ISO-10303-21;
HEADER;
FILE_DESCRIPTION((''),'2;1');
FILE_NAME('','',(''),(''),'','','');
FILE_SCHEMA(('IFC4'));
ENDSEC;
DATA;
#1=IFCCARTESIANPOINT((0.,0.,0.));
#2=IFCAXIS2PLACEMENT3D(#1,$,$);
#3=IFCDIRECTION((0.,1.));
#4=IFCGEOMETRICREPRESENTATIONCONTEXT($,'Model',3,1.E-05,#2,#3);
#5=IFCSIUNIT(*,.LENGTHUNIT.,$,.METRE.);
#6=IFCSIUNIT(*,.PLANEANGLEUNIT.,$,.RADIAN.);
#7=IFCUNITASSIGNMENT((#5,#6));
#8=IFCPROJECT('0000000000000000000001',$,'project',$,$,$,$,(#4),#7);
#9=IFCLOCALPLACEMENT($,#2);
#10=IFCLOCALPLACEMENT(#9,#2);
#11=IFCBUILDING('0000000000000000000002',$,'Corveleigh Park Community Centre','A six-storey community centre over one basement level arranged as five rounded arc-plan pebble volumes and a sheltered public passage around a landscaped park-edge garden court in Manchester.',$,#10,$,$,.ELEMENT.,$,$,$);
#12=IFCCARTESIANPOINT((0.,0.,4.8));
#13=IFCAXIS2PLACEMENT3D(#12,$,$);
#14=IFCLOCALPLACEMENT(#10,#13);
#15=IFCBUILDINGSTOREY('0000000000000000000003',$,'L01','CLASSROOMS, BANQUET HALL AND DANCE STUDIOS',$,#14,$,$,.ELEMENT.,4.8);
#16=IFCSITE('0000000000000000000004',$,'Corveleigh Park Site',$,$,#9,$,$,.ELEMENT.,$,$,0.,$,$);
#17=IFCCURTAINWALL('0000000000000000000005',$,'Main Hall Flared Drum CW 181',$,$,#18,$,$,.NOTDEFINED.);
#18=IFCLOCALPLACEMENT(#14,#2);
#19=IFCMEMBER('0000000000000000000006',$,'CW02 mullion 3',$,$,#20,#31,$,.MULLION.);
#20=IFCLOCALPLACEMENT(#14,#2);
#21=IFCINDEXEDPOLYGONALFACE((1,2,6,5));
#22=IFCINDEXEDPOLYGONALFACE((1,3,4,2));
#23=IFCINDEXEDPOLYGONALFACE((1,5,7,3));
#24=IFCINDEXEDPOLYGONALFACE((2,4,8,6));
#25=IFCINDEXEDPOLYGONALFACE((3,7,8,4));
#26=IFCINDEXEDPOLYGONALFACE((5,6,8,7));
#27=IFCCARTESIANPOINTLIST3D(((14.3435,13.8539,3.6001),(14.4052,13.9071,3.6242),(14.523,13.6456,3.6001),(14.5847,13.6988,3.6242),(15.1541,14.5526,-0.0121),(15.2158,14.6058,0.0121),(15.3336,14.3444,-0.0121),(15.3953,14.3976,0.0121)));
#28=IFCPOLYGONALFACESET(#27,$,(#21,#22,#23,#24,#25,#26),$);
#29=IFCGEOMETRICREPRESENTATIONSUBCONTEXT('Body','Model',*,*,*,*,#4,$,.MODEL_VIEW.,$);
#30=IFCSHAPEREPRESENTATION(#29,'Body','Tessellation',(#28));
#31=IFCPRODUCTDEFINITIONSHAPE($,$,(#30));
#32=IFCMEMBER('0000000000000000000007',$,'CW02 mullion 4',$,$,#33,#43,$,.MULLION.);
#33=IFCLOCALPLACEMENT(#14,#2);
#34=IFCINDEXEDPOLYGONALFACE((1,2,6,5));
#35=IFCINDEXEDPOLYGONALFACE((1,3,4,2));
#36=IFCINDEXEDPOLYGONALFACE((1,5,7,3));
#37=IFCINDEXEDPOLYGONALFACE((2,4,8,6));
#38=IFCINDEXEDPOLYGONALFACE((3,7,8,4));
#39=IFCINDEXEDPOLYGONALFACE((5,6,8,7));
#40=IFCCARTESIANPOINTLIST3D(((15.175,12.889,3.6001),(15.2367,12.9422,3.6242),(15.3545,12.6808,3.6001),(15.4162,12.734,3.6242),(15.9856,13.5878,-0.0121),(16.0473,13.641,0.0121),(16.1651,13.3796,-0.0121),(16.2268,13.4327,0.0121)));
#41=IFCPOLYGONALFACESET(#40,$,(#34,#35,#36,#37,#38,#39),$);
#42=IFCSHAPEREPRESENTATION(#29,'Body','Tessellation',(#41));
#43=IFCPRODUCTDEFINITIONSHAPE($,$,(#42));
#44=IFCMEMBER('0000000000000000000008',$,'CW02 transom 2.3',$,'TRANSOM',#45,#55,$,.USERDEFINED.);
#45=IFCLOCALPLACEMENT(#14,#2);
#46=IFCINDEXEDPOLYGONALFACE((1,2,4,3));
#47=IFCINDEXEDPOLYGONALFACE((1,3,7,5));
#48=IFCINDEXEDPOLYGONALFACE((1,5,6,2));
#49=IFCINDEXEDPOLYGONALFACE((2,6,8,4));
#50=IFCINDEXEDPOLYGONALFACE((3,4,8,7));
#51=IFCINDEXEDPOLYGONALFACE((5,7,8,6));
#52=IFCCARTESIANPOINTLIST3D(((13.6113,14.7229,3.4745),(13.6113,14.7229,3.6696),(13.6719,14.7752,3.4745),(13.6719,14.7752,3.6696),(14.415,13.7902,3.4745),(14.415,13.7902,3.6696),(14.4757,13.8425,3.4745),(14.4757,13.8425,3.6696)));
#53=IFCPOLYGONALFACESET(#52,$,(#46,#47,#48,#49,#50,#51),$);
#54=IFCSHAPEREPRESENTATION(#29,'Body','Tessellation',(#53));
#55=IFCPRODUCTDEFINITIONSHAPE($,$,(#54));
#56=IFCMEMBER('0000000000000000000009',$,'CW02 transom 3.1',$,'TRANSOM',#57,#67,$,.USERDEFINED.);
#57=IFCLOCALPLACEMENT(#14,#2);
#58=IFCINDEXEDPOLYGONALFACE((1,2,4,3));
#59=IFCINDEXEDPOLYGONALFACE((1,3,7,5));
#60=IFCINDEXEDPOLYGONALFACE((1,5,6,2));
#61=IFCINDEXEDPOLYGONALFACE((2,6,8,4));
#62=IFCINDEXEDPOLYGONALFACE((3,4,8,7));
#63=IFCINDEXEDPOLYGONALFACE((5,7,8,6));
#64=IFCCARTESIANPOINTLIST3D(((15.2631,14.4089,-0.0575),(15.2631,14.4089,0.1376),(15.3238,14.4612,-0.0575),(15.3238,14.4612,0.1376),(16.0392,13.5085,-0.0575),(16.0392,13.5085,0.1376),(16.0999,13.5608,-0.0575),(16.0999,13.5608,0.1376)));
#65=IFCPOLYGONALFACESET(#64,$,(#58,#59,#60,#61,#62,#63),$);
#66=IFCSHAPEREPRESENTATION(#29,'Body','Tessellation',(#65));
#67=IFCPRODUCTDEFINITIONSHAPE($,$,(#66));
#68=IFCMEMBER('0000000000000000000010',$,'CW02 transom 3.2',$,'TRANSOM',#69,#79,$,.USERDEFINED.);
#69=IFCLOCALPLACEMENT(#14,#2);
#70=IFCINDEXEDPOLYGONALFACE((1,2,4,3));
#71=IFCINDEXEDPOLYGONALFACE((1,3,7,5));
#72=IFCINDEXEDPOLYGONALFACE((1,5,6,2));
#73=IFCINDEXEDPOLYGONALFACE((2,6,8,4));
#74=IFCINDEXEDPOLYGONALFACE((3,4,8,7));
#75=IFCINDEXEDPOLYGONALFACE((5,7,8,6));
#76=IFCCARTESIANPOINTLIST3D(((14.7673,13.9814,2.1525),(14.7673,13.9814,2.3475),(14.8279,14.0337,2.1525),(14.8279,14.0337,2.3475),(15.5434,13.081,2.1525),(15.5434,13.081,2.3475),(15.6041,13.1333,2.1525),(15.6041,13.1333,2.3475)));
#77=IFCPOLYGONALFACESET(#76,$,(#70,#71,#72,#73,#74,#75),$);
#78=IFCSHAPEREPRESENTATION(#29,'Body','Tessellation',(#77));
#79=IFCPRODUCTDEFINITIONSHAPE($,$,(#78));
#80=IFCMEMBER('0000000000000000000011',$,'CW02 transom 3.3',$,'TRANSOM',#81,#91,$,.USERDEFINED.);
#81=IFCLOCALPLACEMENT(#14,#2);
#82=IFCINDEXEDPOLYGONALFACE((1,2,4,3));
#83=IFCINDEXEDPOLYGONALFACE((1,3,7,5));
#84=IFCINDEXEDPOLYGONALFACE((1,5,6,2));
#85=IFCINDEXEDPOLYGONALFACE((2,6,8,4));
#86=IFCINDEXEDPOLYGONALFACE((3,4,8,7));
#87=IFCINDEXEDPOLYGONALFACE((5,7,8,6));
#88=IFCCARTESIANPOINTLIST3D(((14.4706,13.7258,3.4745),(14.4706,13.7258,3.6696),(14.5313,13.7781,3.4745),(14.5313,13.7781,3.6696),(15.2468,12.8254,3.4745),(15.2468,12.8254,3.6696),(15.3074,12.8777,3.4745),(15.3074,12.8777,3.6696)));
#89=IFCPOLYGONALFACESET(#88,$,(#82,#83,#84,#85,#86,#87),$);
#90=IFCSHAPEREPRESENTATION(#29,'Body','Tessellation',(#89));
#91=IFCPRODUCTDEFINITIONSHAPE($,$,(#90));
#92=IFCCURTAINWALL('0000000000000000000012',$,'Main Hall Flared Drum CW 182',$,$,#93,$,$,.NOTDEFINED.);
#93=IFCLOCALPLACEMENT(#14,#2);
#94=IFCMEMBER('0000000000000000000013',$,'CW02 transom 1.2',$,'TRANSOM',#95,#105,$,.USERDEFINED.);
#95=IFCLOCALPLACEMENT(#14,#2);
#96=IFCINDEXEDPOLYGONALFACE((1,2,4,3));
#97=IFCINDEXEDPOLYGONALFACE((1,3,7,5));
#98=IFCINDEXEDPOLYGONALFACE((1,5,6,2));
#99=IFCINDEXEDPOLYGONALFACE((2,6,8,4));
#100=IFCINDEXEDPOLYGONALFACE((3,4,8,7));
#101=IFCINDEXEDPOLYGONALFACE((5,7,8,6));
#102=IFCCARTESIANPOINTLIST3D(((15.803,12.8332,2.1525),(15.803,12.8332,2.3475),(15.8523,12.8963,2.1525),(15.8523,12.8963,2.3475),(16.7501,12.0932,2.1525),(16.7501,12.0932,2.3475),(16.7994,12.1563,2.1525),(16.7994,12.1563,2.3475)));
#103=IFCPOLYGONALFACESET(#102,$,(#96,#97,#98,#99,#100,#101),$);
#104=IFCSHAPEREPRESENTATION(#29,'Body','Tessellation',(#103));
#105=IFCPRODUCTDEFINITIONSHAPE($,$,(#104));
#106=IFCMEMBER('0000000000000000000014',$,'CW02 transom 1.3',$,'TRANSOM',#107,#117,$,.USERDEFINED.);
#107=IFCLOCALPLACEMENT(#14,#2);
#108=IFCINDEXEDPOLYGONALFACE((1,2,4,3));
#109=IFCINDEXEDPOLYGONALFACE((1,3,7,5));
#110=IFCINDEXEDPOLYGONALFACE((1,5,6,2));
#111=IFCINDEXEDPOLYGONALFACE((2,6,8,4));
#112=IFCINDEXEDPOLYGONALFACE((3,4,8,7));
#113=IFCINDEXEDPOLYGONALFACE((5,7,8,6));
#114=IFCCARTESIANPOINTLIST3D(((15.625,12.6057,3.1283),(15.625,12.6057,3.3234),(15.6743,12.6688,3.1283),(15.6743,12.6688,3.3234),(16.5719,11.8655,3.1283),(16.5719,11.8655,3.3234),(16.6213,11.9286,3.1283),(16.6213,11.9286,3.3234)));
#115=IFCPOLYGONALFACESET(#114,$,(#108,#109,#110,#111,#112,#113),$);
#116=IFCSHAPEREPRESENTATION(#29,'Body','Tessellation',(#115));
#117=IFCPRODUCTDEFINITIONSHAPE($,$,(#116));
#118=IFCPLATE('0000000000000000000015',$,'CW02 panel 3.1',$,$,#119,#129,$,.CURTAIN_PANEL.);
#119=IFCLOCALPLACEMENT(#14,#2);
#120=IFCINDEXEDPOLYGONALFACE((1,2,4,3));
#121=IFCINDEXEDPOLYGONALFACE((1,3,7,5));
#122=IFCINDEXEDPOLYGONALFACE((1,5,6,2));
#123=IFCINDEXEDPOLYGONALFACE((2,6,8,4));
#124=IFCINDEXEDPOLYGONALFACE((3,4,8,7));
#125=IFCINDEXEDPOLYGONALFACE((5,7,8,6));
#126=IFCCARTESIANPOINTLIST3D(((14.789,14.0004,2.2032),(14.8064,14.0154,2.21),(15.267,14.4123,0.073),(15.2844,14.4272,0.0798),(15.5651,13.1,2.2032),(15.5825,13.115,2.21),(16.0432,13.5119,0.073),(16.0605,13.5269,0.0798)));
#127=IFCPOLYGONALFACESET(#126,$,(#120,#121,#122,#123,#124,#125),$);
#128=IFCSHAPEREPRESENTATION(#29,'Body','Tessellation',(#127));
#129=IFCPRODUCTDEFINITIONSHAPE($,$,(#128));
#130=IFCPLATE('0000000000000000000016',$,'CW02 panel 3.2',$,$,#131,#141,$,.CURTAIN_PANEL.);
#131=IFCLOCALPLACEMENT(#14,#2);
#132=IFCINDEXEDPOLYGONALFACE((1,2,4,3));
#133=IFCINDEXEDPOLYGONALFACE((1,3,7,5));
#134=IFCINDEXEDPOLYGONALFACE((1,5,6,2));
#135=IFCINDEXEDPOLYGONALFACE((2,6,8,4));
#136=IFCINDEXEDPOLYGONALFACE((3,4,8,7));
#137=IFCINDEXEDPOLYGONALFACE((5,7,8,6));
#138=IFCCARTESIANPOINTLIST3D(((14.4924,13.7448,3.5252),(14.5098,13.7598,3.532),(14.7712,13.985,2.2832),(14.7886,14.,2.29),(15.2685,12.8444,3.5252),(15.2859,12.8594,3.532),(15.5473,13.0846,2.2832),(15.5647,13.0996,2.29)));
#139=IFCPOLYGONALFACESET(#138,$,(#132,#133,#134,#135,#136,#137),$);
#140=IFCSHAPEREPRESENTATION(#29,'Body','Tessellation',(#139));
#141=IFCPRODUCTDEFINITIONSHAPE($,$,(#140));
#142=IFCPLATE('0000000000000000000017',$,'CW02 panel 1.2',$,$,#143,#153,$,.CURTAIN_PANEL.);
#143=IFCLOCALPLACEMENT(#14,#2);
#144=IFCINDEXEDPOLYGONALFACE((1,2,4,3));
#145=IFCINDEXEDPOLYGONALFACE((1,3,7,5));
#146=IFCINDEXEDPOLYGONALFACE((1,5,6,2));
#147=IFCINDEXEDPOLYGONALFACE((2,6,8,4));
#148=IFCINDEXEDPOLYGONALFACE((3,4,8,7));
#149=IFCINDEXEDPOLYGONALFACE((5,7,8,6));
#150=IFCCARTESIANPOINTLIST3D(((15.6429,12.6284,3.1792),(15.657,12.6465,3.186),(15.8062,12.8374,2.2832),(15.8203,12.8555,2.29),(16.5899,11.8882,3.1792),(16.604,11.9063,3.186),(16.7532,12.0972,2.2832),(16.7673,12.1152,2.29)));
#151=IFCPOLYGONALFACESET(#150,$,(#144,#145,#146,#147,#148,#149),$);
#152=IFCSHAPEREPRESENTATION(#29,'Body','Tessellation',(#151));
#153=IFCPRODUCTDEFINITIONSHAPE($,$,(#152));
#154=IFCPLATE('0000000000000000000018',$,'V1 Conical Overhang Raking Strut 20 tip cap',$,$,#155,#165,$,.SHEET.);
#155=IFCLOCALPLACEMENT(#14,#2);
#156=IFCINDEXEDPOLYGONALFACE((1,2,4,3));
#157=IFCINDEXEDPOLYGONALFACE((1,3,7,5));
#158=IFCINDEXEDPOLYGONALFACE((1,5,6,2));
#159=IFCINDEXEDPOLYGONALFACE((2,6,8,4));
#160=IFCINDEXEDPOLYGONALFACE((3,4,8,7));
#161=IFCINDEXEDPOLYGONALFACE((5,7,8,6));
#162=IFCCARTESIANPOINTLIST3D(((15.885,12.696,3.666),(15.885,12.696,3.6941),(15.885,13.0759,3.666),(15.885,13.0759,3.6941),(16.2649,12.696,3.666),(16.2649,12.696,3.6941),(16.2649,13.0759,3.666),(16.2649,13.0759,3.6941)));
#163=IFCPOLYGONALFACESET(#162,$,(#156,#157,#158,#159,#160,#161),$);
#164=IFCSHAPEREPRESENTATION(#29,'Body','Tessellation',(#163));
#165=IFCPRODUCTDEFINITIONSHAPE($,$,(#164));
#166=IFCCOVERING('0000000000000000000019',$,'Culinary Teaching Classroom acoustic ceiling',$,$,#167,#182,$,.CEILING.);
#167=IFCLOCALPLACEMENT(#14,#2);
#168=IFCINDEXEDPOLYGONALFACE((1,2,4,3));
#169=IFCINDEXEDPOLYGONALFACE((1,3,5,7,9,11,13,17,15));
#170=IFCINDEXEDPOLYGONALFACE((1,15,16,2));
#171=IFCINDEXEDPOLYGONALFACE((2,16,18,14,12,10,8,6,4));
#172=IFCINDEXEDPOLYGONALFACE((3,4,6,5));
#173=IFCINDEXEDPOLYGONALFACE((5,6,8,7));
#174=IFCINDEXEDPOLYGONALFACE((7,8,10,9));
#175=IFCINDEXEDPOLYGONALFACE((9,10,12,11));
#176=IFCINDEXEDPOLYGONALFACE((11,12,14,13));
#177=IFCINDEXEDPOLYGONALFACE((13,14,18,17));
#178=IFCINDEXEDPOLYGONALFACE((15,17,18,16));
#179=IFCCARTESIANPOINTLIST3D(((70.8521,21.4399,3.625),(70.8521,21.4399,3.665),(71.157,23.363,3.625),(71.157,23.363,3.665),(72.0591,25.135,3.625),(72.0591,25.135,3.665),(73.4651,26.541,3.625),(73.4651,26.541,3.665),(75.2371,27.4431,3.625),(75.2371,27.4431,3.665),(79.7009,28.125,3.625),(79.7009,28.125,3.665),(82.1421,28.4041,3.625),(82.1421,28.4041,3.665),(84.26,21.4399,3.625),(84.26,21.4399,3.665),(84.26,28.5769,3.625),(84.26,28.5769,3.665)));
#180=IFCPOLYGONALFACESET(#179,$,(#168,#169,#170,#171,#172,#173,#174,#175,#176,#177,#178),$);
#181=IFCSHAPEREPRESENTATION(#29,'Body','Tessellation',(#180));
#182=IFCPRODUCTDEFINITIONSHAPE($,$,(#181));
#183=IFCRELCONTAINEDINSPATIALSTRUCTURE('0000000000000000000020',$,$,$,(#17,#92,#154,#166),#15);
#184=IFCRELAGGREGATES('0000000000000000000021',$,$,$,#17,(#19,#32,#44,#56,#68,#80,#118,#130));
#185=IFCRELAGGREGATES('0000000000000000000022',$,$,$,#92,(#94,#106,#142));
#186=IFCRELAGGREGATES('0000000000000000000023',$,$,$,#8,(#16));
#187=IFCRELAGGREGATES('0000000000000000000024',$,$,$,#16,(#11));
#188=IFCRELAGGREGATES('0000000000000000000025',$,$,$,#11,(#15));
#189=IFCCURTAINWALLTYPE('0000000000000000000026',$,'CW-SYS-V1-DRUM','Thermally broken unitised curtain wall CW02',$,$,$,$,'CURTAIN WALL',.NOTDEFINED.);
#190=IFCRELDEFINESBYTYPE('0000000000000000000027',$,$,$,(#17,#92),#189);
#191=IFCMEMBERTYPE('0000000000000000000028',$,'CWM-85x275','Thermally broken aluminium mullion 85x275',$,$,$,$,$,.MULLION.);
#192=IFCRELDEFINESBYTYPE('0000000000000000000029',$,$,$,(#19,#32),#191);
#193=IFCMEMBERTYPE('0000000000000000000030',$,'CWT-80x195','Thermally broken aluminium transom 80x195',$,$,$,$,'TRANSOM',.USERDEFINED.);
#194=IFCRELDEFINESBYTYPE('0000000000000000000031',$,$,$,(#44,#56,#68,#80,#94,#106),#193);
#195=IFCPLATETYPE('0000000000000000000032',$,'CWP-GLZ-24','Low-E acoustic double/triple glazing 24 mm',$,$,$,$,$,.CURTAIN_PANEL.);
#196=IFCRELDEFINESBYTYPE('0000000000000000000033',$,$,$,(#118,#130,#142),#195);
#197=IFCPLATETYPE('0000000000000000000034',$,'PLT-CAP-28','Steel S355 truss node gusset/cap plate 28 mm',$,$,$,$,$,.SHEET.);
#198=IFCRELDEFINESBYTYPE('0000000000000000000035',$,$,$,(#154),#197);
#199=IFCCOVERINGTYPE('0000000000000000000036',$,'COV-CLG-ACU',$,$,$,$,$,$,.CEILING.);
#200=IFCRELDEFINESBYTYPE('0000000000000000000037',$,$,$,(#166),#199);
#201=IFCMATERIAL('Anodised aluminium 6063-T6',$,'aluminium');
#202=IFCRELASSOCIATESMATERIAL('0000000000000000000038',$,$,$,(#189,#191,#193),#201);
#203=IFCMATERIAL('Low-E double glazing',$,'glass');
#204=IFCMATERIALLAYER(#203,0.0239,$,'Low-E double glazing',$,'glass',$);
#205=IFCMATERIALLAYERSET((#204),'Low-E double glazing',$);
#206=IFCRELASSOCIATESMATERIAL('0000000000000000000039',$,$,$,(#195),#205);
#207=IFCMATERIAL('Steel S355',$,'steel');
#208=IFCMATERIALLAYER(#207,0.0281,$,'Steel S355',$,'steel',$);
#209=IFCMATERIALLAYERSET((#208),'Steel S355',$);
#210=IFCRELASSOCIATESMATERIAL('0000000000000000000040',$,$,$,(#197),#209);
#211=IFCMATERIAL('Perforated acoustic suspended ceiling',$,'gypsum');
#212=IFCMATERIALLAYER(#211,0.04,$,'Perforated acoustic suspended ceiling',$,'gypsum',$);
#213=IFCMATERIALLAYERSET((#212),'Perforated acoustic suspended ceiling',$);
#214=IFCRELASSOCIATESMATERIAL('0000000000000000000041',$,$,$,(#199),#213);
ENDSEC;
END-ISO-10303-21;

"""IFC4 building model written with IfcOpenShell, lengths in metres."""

from ifc_helpers import new_model, si_unit, direction, frame, origin, origin_2d, place, context, subcontext, project, spatial, polyline, rectangle, outline, extrude, material, layer, layer_set, material_profile, profile_set, type_object, element, aggregate, save


model = new_model("IFC4")

# Units and contexts
model_context = context("Model", 3, precision=1e-05, world=origin(), true_north=direction((0.0, 1.0)))
body_context = subcontext(model_context, "Body", "Model", "MODEL_VIEW")
ifc_project = project(units=[si_unit("LENGTHUNIT", "METRE"), si_unit("PLANEANGLEUNIT", "RADIAN")], contexts=[model_context])

# Site, building, storey
site_placement = place(None, origin())
site = spatial("IfcSite", under=ifc_project, at=site_placement, Name="Corveleigh Park Site", CompositionType="ELEMENT", RefElevation=0.0)
building_placement = place(site_placement, origin())
building = spatial("IfcBuilding", under=site, at=building_placement, Name="Corveleigh Park Community Centre", Description="A six-storey community centre over one basement level arranged as five rounded arc-plan pebble volumes and a sheltered public passage around a landscaped park-edge garden court in Manchester.", CompositionType="ELEMENT")
storey_placement = place(building_placement, frame((0.0, 0.0, 4.8)))
storey = spatial("IfcBuildingStorey", under=building, at=storey_placement, Name="L01", Description="CLASSROOMS, BANQUET HALL AND DANCE STUDIOS", CompositionType="ELEMENT", Elevation=4.8)

# Curtain walls, members
ifc_material_1 = material(Name="Anodised aluminium 6063-T6", Category="aluminium")
curtain_wall_type = type_object("IfcCurtainWallType", Name="CW-SYS-V1-DRUM", Description="Thermally broken unitised curtain wall CW02", ElementType="CURTAIN WALL", PredefinedType="NOTDEFINED", material=ifc_material_1)
curtain_wall_1_placement = place(storey_placement, origin())
curtain_wall_1 = element("IfcCurtainWall", 1, at=curtain_wall_1_placement, inside=storey, type_object=curtain_wall_type, Name="Main Hall Flared Drum CW 181", PredefinedType="NOTDEFINED")
ifc_material_profile_1 = material_profile(ifc_material_1, rectangle(XDim=0.085, YDim=0.2749, at=origin_2d()), Name="ALU-M85x275", Category="aluminium")
ifc_profile_set_1 = profile_set([ifc_material_profile_1], Name="Anodised aluminium 6063-T6")
member_type_1 = type_object("IfcMemberType", Name="CWM-85x275", Description="Thermally broken aluminium mullion 85x275", PredefinedType="MULLION", material=ifc_profile_set_1)
member_1_placement = place(storey_placement, frame((15.2747, 14.4751, 0.0), z_axis=(-0.215156, -0.185475, 0.958805), x_axis=(0.726216, 0.626033, 0.284065)))
member_1 = element("IfcMember", 2, at=member_1_placement, type_object=member_type_1, Name="CW02 mullion 3", PredefinedType="MULLION", context=body_context, shape_type="SweptSolid", body=[
    extrude(rectangle(XDim=0.085, YDim=0.2749, at=origin_2d()), origin(), (0.0, 0.0, 1.0), 3.7673),
])
member_2_placement = place(storey_placement, frame((16.1062, 13.5103, 0.0), z_axis=(-0.215156, -0.185475, 0.958805), x_axis=(0.726216, 0.626033, 0.284065)))
member_2 = element("IfcMember", 3, at=member_2_placement, type_object=member_type_1, Name="CW02 mullion 4", PredefinedType="MULLION", context=body_context, shape_type="SweptSolid", body=[
    extrude(rectangle(XDim=0.085, YDim=0.2749, at=origin_2d()), origin(), (0.0, 0.0, 1.0), 3.7673),
])
ifc_material_profile_2 = material_profile(ifc_material_1, rectangle(XDim=0.0801, YDim=0.1951, at=origin_2d()), Name="ALU-T80x195", Category="aluminium")
ifc_profile_set_2 = profile_set([ifc_material_profile_2], Name="Anodised aluminium 6063-T6")
member_type_2 = type_object("IfcMemberType", Name="CWT-80x195", Description="Thermally broken aluminium transom 80x195", ElementType="TRANSOM", PredefinedType="USERDEFINED", material=ifc_profile_set_2)
member_3_placement = place(storey_placement, frame((13.6416, 14.749, 3.572), z_axis=(0.652814, -0.757518, 0.0), x_axis=(0.757518, 0.652814, 0.0)))
member_3 = element("IfcMember", 4, at=member_3_placement, type_object=member_type_2, Name="CW02 transom 2.3", ObjectType="TRANSOM", PredefinedType="USERDEFINED", context=body_context, shape_type="SweptSolid", body=[
    extrude(rectangle(XDim=0.0801, YDim=0.1951, at=origin_2d()), origin(), (0.0, 0.0, 1.0), 1.2312),
])
member_4_placement = place(storey_placement, frame((15.2935, 14.4351, 0.04), z_axis=(0.652903, -0.757441, 0.0), x_axis=(0.757441, 0.652903, 0.0)))
member_4 = element("IfcMember", 5, at=member_4_placement, type_object=member_type_2, Name="CW02 transom 3.1", ObjectType="TRANSOM", PredefinedType="USERDEFINED", context=body_context, shape_type="SweptSolid", body=[
    extrude(rectangle(XDim=0.0801, YDim=0.1951, at=origin_2d()), origin(), (0.0, 0.0, 1.0), 1.1887),
])
member_5_placement = place(storey_placement, frame((14.7976, 14.0076, 2.25), z_axis=(0.652903, -0.757441, 0.0), x_axis=(0.757441, 0.652903, 0.0)))
member_5 = element("IfcMember", 6, at=member_5_placement, type_object=member_type_2, Name="CW02 transom 3.2", ObjectType="TRANSOM", PredefinedType="USERDEFINED", context=body_context, shape_type="SweptSolid", body=[
    extrude(rectangle(XDim=0.0801, YDim=0.1951, at=origin_2d()), origin(), (0.0, 0.0, 1.0), 1.1887),
])
member_6_placement = place(storey_placement, frame((14.501, 13.752, 3.572), z_axis=(0.652903, -0.757441, 0.0), x_axis=(0.757441, 0.652903, 0.0)))
member_6 = element("IfcMember", 7, at=member_6_placement, type_object=member_type_2, Name="CW02 transom 3.3", ObjectType="TRANSOM", PredefinedType="USERDEFINED", context=body_context, shape_type="SweptSolid", body=[
    extrude(rectangle(XDim=0.0801, YDim=0.1951, at=origin_2d()), origin(), (0.0, 0.0, 1.0), 1.1887),
])
curtain_wall_2_placement = place(storey_placement, origin())
curtain_wall_2 = element("IfcCurtainWall", 8, at=curtain_wall_2_placement, inside=storey, type_object=curtain_wall_type, Name="Main Hall Flared Drum CW 182", PredefinedType="NOTDEFINED")
member_7_placement = place(storey_placement, frame((15.8276, 12.8647, 2.25), z_axis=(0.787972, -0.615711, 0.0), x_axis=(0.615711, 0.787972, 0.0)))
member_7 = element("IfcMember", 9, at=member_7_placement, type_object=member_type_2, Name="CW02 transom 1.2", ObjectType="TRANSOM", PredefinedType="USERDEFINED", context=body_context, shape_type="SweptSolid", body=[
    extrude(rectangle(XDim=0.0801, YDim=0.1951, at=origin_2d()), origin(), (0.0, 0.0, 1.0), 1.2019),
])
member_8_placement = place(storey_placement, frame((15.6497, 12.6372, 3.2258), z_axis=(0.787873, -0.615837, 0.0), x_axis=(0.615837, 0.787873, 0.0)))
member_8 = element("IfcMember", 10, at=member_8_placement, type_object=member_type_2, Name="CW02 transom 1.3", ObjectType="TRANSOM", PredefinedType="USERDEFINED", context=body_context, shape_type="SweptSolid", body=[
    extrude(rectangle(XDim=0.0801, YDim=0.1951, at=origin_2d()), origin(), (0.0, 0.0, 1.0), 1.2019),
])

# Plates
ifc_material_2 = material(Name="Low-E double glazing", Category="glass")
ifc_layer_1 = layer(ifc_material_2, 0.0239, Name="Low-E double glazing", Category="glass")
ifc_layer_set_1 = layer_set([ifc_layer_1], Name="Low-E double glazing")
plate_type_1 = type_object("IfcPlateType", Name="CWP-GLZ-24", Description="Low-E acoustic double/triple glazing 24 mm", PredefinedType="CURTAIN_PANEL", material=ifc_layer_set_1)
plate_1_placement = place(storey_placement, frame((15.2844, 14.4272, 0.0798), z_axis=(0.726249, 0.626015, 0.284021), x_axis=(0.652903, -0.757441, 0.0)))
plate_1 = element("IfcPlate", 11, at=plate_1_placement, type_object=plate_type_1, Name="CW02 panel 3.1", PredefinedType="CURTAIN_PANEL", context=body_context, shape_type="SweptSolid", body=[
    extrude(outline(polyline([(0.0, 0.0), (1.1887, 0.0), (1.1886, -2.2216), (-0.0001, -2.2216), (0.0, 0.0)])), origin(), (0.0, 0.0, -1.0), 0.0239),
])
plate_2_placement = place(storey_placement, frame((14.7886, 14.0, 2.29), z_axis=(0.726226, 0.625996, 0.284122), x_axis=(0.652903, -0.757441, 0.0)))
plate_2 = element("IfcPlate", 12, at=plate_2_placement, type_object=plate_type_1, Name="CW02 panel 3.2", PredefinedType="CURTAIN_PANEL", context=body_context, shape_type="SweptSolid", body=[
    extrude(outline(polyline([(0.0, 0.0), (1.1887, 0.0), (1.1887, -1.2953), (-0.0001, -1.2953), (0.0, 0.0)])), origin(), (0.0, 0.0, -1.0), 0.0239),
])
aggregate(curtain_wall_1, [member_1, member_2, member_3, member_4, member_5, member_6, plate_1, plate_2])
plate_3_placement = place(storey_placement, frame((15.8203, 12.8555, 2.29), z_axis=(0.590507, 0.755467, 0.28385), x_axis=(0.787873, -0.615837, 0.0)))
plate_3 = element("IfcPlate", 13, at=plate_3_placement, type_object=plate_type_1, Name="CW02 panel 1.2", PredefinedType="CURTAIN_PANEL", context=body_context, shape_type="SweptSolid", body=[
    extrude(outline(polyline([(0.0, 0.0), (1.202, 0.0), (1.202, -0.9344), (0.0, -0.9344), (0.0, 0.0)])), origin(), (0.0, 0.0, -1.0), 0.0239),
])
aggregate(curtain_wall_2, [member_7, member_8, plate_3])
ifc_material_3 = material(Name="Steel S355", Category="steel")
ifc_layer_2 = layer(ifc_material_3, 0.0281, Name="Steel S355", Category="steel")
ifc_layer_set_2 = layer_set([ifc_layer_2], Name="Steel S355")
plate_type_2 = type_object("IfcPlateType", Name="PLT-CAP-28", Description="Steel S355 truss node gusset/cap plate 28 mm", PredefinedType="SHEET", material=ifc_layer_set_2)
plate_4_placement = place(storey_placement, frame((16.075, 12.886, 3.666), z_axis=(0.0, 0.0, 1.0), x_axis=(1.0, 0.0, 0.0)))
element("IfcPlate", 14, at=plate_4_placement, inside=storey, type_object=plate_type_2, Name="V1 Conical Overhang Raking Strut 20 tip cap", PredefinedType="SHEET", context=body_context, shape_type="SweptSolid", body=[
    extrude(rectangle(XDim=0.3799, YDim=0.3799, at=origin_2d()), origin(), (0.0, 0.0, 1.0), 0.0281),
])

# Covering
ifc_material_4 = material(Name="Perforated acoustic suspended ceiling", Category="gypsum")
ifc_layer_3 = layer(ifc_material_4, 0.04, Name="Perforated acoustic suspended ceiling", Category="gypsum")
ifc_layer_set_3 = layer_set([ifc_layer_3], Name="Perforated acoustic suspended ceiling")
covering_type_1 = type_object("IfcCoveringType", Name="COV-CLG-ACU", PredefinedType="CEILING", material=ifc_layer_set_3)
covering_1_placement = place(storey_placement, frame((0.0, 0.0, 3.625)))
element("IfcCovering", 15, at=covering_1_placement, inside=storey, type_object=covering_type_1, Name="Culinary Teaching Classroom acoustic ceiling", PredefinedType="CEILING", context=body_context, shape_type="SweptSolid", body=[
    extrude(outline(polyline([(73.4651, 26.541), (75.2371, 27.4431), (79.7009, 28.125), (82.1421, 28.4041), (84.26, 28.5769), (84.26, 21.4399), (70.8521, 21.4399), (71.157, 23.363), (72.0591, 25.135), (73.4651, 26.541)])), origin(), (0.0, 0.0, 1.0), 0.04),
])

save(model, "model.ifc")
